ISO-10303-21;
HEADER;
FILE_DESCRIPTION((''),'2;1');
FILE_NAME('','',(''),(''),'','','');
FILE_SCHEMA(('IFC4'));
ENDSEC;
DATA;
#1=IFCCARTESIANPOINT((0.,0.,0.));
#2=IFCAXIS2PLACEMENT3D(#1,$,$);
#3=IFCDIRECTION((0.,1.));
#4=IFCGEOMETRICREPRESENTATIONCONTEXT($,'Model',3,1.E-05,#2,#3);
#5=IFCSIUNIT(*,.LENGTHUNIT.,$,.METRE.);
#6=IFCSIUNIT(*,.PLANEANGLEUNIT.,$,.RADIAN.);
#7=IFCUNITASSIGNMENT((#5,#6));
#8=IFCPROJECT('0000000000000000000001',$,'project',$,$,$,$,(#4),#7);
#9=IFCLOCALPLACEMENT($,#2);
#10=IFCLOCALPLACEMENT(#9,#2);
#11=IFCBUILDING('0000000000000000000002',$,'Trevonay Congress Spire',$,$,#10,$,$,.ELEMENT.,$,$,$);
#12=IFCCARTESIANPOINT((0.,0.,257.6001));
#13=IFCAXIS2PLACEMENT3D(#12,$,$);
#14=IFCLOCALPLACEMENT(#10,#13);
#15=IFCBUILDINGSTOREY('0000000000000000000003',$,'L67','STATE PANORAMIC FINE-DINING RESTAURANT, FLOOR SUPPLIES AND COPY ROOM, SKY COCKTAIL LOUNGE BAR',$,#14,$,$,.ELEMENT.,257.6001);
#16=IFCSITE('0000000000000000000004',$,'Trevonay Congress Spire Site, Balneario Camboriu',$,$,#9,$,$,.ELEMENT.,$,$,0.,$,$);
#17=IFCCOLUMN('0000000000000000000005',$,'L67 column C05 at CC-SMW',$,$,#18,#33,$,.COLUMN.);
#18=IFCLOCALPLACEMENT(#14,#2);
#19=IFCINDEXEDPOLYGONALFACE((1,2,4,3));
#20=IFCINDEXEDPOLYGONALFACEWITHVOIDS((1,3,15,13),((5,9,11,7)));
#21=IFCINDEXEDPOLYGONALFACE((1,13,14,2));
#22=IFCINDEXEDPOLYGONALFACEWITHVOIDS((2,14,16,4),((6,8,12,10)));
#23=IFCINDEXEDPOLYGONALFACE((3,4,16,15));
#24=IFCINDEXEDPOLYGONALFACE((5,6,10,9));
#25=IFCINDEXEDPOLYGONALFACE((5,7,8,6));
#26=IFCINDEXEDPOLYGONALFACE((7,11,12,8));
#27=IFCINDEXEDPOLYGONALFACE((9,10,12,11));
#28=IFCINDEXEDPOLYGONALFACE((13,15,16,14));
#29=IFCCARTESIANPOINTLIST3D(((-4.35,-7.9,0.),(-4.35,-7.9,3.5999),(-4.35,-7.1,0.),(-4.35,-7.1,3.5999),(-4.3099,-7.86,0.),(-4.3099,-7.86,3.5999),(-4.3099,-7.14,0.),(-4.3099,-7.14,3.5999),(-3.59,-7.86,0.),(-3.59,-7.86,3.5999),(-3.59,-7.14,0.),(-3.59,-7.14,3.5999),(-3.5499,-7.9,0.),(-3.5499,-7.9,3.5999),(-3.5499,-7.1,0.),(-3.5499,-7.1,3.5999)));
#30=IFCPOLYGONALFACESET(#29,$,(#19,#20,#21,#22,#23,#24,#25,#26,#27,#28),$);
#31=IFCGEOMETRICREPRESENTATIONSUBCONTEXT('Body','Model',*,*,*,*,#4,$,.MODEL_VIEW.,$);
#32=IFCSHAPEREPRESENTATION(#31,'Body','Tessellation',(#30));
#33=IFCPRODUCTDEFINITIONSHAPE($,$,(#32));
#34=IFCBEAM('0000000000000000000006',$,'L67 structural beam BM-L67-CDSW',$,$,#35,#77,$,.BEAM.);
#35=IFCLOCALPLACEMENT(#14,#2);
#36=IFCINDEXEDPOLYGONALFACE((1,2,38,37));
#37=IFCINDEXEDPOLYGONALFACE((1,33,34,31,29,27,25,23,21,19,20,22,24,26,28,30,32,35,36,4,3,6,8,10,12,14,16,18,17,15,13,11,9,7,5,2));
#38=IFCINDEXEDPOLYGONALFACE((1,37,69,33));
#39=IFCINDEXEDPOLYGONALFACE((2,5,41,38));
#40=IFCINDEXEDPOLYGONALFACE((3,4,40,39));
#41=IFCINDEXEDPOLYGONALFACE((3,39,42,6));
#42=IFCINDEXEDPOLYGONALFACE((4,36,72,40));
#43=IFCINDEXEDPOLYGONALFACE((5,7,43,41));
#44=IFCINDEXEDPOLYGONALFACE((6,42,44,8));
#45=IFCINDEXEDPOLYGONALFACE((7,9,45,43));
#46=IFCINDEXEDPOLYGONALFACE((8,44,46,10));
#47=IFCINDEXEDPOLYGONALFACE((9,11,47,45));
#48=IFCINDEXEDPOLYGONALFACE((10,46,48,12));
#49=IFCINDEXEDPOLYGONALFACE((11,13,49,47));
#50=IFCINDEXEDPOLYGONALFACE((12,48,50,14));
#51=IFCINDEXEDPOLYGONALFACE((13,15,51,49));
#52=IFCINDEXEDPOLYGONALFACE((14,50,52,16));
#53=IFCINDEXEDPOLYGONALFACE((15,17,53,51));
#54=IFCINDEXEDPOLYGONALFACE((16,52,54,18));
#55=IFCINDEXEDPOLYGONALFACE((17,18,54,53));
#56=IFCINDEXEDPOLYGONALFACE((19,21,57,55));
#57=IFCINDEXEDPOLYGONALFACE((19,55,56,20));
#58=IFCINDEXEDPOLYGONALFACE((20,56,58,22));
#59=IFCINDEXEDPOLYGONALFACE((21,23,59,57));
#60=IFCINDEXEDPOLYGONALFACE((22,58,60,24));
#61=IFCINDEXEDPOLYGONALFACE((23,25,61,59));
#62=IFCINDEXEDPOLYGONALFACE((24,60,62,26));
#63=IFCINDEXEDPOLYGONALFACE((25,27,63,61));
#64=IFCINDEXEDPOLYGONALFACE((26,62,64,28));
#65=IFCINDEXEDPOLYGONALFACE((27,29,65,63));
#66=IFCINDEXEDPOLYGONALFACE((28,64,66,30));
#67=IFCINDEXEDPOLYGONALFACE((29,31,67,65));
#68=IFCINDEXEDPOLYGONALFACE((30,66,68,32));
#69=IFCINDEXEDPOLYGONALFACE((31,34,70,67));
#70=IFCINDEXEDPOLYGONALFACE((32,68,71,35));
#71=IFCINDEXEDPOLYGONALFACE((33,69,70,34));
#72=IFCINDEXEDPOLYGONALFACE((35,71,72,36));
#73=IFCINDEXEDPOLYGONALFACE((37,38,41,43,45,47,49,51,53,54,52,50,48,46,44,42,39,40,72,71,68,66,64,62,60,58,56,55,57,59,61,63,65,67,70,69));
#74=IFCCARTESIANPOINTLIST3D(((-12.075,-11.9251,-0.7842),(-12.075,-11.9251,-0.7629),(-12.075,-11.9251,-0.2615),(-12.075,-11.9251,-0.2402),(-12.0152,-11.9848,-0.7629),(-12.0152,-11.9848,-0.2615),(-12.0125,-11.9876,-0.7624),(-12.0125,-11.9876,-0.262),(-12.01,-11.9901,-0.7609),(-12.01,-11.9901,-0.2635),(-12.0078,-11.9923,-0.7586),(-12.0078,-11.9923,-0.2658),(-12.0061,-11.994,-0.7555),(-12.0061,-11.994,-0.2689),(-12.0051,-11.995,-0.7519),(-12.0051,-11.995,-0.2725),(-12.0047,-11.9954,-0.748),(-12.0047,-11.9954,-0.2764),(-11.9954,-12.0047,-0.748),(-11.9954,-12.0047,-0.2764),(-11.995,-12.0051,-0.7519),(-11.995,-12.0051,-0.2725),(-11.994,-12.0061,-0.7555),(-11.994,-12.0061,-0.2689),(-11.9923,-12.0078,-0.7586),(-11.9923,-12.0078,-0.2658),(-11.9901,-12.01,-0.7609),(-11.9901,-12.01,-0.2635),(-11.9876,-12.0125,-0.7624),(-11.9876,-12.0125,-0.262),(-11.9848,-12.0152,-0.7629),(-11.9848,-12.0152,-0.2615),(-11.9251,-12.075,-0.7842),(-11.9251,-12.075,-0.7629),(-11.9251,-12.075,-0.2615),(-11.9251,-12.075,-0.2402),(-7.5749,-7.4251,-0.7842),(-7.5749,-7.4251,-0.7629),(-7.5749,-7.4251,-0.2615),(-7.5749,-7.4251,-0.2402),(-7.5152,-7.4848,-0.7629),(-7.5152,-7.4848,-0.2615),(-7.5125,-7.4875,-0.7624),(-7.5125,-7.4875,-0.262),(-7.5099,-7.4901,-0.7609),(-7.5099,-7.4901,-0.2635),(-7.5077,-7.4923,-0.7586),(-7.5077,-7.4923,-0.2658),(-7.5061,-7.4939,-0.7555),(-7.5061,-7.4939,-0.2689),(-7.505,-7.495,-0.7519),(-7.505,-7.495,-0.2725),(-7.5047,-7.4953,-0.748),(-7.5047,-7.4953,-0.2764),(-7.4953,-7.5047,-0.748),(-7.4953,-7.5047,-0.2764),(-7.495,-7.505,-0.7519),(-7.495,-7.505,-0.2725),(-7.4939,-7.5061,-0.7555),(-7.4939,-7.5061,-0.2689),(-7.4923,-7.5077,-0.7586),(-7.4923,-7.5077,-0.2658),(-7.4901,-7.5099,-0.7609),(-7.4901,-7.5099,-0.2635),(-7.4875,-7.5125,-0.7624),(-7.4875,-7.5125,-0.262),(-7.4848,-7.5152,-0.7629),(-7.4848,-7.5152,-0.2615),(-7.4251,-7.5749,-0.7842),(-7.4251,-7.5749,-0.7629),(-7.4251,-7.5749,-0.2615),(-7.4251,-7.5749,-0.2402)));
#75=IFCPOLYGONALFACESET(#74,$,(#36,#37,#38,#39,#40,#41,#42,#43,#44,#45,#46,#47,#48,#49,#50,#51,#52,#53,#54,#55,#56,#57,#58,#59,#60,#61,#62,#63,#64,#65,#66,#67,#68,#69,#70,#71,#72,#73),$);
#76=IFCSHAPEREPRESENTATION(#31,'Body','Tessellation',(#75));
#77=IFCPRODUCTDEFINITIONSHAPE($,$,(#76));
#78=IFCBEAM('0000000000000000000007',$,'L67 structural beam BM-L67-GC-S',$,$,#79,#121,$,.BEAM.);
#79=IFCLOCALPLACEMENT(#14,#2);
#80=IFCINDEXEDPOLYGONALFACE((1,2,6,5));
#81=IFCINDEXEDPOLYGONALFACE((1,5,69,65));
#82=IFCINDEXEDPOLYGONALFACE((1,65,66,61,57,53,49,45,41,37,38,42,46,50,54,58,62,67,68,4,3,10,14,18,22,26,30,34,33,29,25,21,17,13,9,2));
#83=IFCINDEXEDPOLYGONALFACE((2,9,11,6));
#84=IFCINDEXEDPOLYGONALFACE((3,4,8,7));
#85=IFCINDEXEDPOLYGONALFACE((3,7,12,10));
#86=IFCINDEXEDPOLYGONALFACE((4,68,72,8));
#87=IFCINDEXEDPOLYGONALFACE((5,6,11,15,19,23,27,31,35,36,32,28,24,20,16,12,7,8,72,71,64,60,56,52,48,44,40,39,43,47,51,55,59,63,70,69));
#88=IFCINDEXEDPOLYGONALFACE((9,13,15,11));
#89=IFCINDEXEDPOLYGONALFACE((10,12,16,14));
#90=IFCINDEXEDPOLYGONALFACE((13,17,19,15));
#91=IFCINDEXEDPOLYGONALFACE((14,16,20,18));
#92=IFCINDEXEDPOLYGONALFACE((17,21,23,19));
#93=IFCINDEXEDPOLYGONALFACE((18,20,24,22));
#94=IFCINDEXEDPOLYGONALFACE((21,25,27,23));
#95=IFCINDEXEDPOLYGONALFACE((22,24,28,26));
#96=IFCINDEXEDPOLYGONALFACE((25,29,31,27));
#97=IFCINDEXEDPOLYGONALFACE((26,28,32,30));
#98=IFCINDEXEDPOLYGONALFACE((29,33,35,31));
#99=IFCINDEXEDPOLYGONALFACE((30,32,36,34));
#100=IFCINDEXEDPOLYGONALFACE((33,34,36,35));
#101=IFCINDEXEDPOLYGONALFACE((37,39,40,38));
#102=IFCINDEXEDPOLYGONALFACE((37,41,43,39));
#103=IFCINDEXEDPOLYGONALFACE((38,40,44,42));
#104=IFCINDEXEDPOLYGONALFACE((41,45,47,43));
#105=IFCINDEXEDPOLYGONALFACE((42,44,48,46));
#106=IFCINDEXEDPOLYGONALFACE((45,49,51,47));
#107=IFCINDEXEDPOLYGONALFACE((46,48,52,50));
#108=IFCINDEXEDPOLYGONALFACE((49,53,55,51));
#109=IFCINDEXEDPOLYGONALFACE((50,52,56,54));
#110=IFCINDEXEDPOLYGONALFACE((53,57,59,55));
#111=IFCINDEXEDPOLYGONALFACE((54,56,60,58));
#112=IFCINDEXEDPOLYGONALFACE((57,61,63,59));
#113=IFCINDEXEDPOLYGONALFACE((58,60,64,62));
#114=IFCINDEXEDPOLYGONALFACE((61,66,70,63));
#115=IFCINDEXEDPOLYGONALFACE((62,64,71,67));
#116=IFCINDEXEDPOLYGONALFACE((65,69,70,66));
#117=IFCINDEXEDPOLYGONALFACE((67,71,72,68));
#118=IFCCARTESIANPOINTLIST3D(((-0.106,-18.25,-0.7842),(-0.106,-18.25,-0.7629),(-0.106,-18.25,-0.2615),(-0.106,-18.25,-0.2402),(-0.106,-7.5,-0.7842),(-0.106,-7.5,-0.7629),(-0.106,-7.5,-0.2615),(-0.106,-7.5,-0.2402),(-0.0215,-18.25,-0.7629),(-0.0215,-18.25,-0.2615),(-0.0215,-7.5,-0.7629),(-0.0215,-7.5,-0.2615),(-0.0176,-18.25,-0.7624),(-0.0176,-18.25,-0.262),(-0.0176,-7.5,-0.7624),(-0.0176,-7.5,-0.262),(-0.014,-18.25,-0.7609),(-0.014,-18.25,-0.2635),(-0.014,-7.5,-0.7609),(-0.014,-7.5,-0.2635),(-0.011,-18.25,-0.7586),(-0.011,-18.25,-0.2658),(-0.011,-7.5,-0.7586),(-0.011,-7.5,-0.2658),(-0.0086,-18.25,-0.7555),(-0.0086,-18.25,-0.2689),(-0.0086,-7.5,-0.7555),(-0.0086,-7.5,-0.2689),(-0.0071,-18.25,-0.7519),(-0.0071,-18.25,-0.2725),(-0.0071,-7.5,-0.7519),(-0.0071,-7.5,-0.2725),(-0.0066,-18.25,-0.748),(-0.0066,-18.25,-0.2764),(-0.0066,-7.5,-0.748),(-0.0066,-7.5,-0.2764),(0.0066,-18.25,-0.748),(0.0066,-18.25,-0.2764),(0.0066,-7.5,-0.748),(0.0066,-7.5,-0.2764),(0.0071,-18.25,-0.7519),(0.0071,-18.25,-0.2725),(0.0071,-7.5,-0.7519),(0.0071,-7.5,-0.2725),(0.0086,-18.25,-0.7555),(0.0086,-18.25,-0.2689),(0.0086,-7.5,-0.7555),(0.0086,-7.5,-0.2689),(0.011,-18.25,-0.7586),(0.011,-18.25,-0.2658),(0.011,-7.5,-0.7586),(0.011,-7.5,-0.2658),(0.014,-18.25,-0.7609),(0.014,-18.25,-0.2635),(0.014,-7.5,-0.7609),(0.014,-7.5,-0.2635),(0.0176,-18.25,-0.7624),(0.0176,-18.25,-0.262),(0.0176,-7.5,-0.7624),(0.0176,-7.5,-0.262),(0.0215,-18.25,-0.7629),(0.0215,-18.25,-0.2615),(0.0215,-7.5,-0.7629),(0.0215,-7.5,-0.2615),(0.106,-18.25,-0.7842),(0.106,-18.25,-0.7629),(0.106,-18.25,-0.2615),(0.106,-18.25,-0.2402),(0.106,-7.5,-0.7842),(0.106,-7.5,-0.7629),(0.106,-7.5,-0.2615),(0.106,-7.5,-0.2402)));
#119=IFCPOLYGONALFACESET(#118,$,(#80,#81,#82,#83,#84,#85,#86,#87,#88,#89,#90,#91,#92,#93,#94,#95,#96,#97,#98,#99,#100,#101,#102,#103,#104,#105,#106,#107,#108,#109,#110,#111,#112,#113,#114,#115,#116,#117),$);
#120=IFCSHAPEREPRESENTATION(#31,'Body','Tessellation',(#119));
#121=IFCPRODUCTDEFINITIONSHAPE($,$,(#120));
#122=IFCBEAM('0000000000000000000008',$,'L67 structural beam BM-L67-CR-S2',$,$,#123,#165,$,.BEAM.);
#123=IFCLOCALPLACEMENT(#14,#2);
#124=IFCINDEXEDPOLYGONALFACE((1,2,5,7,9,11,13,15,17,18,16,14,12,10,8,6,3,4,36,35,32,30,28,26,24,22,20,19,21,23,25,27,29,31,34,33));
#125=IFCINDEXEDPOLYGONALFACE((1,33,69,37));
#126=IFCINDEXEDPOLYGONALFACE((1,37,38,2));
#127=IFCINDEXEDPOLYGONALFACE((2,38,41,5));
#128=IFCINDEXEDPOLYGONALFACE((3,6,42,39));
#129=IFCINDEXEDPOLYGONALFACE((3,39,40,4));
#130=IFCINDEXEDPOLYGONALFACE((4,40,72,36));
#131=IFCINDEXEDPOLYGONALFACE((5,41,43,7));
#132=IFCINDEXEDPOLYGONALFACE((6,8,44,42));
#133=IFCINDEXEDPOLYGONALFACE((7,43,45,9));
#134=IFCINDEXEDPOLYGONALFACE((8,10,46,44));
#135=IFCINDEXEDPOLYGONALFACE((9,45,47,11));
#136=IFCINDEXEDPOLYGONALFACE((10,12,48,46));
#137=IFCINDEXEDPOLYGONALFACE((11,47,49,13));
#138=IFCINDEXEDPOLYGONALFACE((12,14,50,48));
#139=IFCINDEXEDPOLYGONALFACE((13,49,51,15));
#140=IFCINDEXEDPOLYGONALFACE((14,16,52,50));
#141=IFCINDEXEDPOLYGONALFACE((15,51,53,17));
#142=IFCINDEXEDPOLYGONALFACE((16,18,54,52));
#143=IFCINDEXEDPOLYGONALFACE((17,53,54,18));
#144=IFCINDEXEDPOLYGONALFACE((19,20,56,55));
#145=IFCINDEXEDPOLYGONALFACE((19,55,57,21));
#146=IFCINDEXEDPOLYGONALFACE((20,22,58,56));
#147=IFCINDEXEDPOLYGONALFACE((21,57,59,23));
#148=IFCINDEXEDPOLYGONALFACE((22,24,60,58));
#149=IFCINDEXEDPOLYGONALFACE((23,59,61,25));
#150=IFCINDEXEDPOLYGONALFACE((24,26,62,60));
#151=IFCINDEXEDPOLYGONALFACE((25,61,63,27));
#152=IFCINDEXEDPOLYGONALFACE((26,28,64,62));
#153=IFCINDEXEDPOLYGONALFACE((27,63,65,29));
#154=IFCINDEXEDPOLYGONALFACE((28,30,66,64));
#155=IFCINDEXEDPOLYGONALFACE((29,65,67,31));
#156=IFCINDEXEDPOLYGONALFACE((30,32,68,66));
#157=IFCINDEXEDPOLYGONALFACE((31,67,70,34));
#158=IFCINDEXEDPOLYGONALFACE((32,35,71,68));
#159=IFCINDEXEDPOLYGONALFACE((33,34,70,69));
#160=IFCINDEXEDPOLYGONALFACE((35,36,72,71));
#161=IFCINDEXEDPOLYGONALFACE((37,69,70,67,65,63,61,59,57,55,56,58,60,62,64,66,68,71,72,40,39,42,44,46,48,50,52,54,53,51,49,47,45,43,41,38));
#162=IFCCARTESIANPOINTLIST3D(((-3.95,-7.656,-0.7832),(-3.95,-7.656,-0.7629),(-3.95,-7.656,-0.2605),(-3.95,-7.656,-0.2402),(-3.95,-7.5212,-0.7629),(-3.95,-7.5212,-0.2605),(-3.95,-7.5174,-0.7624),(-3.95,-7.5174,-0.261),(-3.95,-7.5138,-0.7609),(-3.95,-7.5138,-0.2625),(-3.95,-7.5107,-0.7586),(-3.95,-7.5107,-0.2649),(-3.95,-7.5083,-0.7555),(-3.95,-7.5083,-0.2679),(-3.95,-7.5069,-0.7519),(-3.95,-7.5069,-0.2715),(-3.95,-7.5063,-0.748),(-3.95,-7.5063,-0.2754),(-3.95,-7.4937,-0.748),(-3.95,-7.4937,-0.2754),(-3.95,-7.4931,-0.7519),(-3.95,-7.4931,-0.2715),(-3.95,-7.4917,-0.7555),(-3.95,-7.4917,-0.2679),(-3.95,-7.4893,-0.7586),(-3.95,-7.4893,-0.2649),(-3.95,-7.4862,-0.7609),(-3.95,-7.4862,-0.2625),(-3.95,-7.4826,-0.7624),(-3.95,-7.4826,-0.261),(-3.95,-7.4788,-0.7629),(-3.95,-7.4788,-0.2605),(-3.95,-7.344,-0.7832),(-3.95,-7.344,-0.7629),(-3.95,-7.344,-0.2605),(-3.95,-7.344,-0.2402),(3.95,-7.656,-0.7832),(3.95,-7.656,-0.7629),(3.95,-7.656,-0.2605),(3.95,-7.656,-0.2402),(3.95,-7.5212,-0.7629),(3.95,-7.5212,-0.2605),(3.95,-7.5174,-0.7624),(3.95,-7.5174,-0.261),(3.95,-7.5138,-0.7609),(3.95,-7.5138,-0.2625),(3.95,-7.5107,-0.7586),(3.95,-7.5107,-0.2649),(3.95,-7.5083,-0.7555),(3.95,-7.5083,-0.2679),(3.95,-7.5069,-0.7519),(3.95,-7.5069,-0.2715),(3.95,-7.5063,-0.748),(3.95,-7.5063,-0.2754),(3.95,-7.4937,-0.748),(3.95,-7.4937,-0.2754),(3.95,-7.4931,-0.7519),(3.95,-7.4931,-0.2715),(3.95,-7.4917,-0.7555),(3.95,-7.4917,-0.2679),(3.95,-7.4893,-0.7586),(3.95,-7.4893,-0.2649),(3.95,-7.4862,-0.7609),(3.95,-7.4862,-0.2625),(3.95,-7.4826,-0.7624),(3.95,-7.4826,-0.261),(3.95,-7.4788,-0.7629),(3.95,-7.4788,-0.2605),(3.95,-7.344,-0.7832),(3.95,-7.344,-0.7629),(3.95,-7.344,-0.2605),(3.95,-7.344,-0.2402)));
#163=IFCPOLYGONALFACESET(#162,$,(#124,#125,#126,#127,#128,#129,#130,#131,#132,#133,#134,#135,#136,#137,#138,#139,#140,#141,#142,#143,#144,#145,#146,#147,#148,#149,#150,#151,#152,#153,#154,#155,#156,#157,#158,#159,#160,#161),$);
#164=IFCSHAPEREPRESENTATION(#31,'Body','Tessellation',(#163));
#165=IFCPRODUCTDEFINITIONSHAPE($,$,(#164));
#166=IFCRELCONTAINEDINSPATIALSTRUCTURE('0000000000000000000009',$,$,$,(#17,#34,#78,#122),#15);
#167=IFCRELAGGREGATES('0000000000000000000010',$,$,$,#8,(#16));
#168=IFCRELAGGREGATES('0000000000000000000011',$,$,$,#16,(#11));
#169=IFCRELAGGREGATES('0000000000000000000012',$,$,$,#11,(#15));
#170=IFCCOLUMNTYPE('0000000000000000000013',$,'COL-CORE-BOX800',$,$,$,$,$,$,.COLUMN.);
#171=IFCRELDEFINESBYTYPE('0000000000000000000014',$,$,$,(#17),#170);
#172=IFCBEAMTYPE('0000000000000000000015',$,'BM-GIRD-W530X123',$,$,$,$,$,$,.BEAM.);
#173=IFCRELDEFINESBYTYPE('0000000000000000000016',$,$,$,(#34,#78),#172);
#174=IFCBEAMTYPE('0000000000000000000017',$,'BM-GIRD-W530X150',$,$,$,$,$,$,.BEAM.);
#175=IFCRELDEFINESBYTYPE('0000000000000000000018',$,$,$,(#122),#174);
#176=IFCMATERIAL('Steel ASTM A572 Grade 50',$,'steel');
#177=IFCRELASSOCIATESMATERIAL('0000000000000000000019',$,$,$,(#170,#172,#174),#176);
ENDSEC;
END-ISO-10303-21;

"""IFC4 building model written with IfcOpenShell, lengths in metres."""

from ifc_helpers import new_model, si_unit, direction, frame, origin, origin_2d, place, context, subcontext, project, spatial, hollow_rectangle, i_section, extrude, material, material_profile, profile_set, type_object, element, save


model = new_model("IFC4")

# Units and contexts
model_context = context("Model", 3, precision=1e-05, world=origin(), true_north=direction((0.0, 1.0)))
body_context = subcontext(model_context, "Body", "Model", "MODEL_VIEW")
ifc_project = project(units=[si_unit("LENGTHUNIT", "METRE"), si_unit("PLANEANGLEUNIT", "RADIAN")], contexts=[model_context])

# Site, building, storey
site_placement = place(None, origin())
site = spatial("IfcSite", under=ifc_project, at=site_placement, Name="Trevonay Congress Spire Site, Balneario Camboriu", CompositionType="ELEMENT", RefElevation=0.0)
building_placement = place(site_placement, origin())
building = spatial("IfcBuilding", under=site, at=building_placement, Name="Trevonay Congress Spire", CompositionType="ELEMENT")
storey_placement = place(building_placement, frame((0.0, 0.0, 257.6001)))
storey = spatial("IfcBuildingStorey", under=building, at=storey_placement, Name="L67", Description="STATE PANORAMIC FINE-DINING RESTAURANT, FLOOR SUPPLIES AND COPY ROOM, SKY COCKTAIL LOUNGE BAR", CompositionType="ELEMENT", Elevation=257.6001)

# Column
ifc_material_1 = material(Name="Steel ASTM A572 Grade 50", Category="steel")
ifc_material_profile_1 = material_profile(ifc_material_1, hollow_rectangle(XDim=0.8, YDim=0.8, WallThickness=0.04, at=origin_2d()), Name="BOX 800x800x40")
ifc_profile_set_1 = profile_set([ifc_material_profile_1], Name="Steel ASTM A572 Grade 50")
column_type = type_object("IfcColumnType", Name="COL-CORE-BOX800", PredefinedType="COLUMN", material=ifc_profile_set_1)
column_placement = place(storey_placement, frame((-3.95, -7.5, 0.0), z_axis=(0.0, 0.0, 1.0), x_axis=(1.0, 0.0, 0.0)))
element("IfcColumn", 1, at=column_placement, inside=storey, type_object=column_type, Name="L67 column C05 at CC-SMW", PredefinedType="COLUMN", context=body_context, shape_type="SweptSolid", body=[
    extrude(hollow_rectangle(XDim=0.8, YDim=0.8, WallThickness=0.04, at=origin_2d()), origin(), (0.0, 0.0, 1.0), 3.5999),
])

# Beams
ifc_material_profile_2 = material_profile(ifc_material_1, i_section(OverallWidth=0.2119, OverallDepth=0.5439, WebThickness=0.0132, FlangeThickness=0.0212, FilletRadius=0.0149, at=origin_2d()), Name="W530x123")
ifc_profile_set_2 = profile_set([ifc_material_profile_2], Name="Steel ASTM A572 Grade 50")
beam_type_1 = type_object("IfcBeamType", Name="BM-GIRD-W530X123", PredefinedType="BEAM", material=ifc_profile_set_2)
beam_1_placement = place(storey_placement, frame((-7.5, -7.5, -0.5122), z_axis=(-0.707107, -0.707107, 0.0), x_axis=(0.707107, -0.707107, 0.0)))
element("IfcBeam", 2, at=beam_1_placement, inside=storey, type_object=beam_type_1, Name="L67 structural beam BM-L67-CDSW", PredefinedType="BEAM", context=body_context, shape_type="SweptSolid", body=[
    extrude(i_section(OverallWidth=0.2119, OverallDepth=0.5439, WebThickness=0.0132, FlangeThickness=0.0212, FilletRadius=0.0149, at=origin_2d()), origin(), (0.0, 0.0, 1.0), 6.364),
])
beam_2_placement = place(storey_placement, frame((0.0, -7.5, -0.5122), z_axis=(0.0, -1.0, 0.0), x_axis=(1.0, 0.0, 0.0)))
element("IfcBeam", 3, at=beam_2_placement, inside=storey, type_object=beam_type_1, Name="L67 structural beam BM-L67-GC-S", PredefinedType="BEAM", context=body_context, shape_type="SweptSolid", body=[
    extrude(i_section(OverallWidth=0.2119, OverallDepth=0.5439, WebThickness=0.0132, FlangeThickness=0.0212, FilletRadius=0.0149, at=origin_2d()), origin(), (0.0, 0.0, 1.0), 10.75),
])
ifc_material_profile_3 = material_profile(ifc_material_1, i_section(OverallWidth=0.312, OverallDepth=0.543, WebThickness=0.0127, FlangeThickness=0.0203, FilletRadius=0.0149, at=origin_2d()), Name="W530x150")
ifc_profile_set_3 = profile_set([ifc_material_profile_3], Name="Steel ASTM A572 Grade 50")
beam_type_2 = type_object("IfcBeamType", Name="BM-GIRD-W530X150", PredefinedType="BEAM", material=ifc_profile_set_3)
beam_3_placement = place(storey_placement, frame((-3.95, -7.5, -0.5117), z_axis=(1.0, 0.0, 0.0), x_axis=(0.0, 1.0, 0.0)))
element("IfcBeam", 4, at=beam_3_placement, inside=storey, type_object=beam_type_2, Name="L67 structural beam BM-L67-CR-S2", PredefinedType="BEAM", context=body_context, shape_type="SweptSolid", body=[
    extrude(i_section(OverallWidth=0.312, OverallDepth=0.543, WebThickness=0.0127, FlangeThickness=0.0203, FilletRadius=0.0149, at=origin_2d()), origin(), (0.0, 0.0, 1.0), 7.8999),
])

save(model, "model.ifc")
